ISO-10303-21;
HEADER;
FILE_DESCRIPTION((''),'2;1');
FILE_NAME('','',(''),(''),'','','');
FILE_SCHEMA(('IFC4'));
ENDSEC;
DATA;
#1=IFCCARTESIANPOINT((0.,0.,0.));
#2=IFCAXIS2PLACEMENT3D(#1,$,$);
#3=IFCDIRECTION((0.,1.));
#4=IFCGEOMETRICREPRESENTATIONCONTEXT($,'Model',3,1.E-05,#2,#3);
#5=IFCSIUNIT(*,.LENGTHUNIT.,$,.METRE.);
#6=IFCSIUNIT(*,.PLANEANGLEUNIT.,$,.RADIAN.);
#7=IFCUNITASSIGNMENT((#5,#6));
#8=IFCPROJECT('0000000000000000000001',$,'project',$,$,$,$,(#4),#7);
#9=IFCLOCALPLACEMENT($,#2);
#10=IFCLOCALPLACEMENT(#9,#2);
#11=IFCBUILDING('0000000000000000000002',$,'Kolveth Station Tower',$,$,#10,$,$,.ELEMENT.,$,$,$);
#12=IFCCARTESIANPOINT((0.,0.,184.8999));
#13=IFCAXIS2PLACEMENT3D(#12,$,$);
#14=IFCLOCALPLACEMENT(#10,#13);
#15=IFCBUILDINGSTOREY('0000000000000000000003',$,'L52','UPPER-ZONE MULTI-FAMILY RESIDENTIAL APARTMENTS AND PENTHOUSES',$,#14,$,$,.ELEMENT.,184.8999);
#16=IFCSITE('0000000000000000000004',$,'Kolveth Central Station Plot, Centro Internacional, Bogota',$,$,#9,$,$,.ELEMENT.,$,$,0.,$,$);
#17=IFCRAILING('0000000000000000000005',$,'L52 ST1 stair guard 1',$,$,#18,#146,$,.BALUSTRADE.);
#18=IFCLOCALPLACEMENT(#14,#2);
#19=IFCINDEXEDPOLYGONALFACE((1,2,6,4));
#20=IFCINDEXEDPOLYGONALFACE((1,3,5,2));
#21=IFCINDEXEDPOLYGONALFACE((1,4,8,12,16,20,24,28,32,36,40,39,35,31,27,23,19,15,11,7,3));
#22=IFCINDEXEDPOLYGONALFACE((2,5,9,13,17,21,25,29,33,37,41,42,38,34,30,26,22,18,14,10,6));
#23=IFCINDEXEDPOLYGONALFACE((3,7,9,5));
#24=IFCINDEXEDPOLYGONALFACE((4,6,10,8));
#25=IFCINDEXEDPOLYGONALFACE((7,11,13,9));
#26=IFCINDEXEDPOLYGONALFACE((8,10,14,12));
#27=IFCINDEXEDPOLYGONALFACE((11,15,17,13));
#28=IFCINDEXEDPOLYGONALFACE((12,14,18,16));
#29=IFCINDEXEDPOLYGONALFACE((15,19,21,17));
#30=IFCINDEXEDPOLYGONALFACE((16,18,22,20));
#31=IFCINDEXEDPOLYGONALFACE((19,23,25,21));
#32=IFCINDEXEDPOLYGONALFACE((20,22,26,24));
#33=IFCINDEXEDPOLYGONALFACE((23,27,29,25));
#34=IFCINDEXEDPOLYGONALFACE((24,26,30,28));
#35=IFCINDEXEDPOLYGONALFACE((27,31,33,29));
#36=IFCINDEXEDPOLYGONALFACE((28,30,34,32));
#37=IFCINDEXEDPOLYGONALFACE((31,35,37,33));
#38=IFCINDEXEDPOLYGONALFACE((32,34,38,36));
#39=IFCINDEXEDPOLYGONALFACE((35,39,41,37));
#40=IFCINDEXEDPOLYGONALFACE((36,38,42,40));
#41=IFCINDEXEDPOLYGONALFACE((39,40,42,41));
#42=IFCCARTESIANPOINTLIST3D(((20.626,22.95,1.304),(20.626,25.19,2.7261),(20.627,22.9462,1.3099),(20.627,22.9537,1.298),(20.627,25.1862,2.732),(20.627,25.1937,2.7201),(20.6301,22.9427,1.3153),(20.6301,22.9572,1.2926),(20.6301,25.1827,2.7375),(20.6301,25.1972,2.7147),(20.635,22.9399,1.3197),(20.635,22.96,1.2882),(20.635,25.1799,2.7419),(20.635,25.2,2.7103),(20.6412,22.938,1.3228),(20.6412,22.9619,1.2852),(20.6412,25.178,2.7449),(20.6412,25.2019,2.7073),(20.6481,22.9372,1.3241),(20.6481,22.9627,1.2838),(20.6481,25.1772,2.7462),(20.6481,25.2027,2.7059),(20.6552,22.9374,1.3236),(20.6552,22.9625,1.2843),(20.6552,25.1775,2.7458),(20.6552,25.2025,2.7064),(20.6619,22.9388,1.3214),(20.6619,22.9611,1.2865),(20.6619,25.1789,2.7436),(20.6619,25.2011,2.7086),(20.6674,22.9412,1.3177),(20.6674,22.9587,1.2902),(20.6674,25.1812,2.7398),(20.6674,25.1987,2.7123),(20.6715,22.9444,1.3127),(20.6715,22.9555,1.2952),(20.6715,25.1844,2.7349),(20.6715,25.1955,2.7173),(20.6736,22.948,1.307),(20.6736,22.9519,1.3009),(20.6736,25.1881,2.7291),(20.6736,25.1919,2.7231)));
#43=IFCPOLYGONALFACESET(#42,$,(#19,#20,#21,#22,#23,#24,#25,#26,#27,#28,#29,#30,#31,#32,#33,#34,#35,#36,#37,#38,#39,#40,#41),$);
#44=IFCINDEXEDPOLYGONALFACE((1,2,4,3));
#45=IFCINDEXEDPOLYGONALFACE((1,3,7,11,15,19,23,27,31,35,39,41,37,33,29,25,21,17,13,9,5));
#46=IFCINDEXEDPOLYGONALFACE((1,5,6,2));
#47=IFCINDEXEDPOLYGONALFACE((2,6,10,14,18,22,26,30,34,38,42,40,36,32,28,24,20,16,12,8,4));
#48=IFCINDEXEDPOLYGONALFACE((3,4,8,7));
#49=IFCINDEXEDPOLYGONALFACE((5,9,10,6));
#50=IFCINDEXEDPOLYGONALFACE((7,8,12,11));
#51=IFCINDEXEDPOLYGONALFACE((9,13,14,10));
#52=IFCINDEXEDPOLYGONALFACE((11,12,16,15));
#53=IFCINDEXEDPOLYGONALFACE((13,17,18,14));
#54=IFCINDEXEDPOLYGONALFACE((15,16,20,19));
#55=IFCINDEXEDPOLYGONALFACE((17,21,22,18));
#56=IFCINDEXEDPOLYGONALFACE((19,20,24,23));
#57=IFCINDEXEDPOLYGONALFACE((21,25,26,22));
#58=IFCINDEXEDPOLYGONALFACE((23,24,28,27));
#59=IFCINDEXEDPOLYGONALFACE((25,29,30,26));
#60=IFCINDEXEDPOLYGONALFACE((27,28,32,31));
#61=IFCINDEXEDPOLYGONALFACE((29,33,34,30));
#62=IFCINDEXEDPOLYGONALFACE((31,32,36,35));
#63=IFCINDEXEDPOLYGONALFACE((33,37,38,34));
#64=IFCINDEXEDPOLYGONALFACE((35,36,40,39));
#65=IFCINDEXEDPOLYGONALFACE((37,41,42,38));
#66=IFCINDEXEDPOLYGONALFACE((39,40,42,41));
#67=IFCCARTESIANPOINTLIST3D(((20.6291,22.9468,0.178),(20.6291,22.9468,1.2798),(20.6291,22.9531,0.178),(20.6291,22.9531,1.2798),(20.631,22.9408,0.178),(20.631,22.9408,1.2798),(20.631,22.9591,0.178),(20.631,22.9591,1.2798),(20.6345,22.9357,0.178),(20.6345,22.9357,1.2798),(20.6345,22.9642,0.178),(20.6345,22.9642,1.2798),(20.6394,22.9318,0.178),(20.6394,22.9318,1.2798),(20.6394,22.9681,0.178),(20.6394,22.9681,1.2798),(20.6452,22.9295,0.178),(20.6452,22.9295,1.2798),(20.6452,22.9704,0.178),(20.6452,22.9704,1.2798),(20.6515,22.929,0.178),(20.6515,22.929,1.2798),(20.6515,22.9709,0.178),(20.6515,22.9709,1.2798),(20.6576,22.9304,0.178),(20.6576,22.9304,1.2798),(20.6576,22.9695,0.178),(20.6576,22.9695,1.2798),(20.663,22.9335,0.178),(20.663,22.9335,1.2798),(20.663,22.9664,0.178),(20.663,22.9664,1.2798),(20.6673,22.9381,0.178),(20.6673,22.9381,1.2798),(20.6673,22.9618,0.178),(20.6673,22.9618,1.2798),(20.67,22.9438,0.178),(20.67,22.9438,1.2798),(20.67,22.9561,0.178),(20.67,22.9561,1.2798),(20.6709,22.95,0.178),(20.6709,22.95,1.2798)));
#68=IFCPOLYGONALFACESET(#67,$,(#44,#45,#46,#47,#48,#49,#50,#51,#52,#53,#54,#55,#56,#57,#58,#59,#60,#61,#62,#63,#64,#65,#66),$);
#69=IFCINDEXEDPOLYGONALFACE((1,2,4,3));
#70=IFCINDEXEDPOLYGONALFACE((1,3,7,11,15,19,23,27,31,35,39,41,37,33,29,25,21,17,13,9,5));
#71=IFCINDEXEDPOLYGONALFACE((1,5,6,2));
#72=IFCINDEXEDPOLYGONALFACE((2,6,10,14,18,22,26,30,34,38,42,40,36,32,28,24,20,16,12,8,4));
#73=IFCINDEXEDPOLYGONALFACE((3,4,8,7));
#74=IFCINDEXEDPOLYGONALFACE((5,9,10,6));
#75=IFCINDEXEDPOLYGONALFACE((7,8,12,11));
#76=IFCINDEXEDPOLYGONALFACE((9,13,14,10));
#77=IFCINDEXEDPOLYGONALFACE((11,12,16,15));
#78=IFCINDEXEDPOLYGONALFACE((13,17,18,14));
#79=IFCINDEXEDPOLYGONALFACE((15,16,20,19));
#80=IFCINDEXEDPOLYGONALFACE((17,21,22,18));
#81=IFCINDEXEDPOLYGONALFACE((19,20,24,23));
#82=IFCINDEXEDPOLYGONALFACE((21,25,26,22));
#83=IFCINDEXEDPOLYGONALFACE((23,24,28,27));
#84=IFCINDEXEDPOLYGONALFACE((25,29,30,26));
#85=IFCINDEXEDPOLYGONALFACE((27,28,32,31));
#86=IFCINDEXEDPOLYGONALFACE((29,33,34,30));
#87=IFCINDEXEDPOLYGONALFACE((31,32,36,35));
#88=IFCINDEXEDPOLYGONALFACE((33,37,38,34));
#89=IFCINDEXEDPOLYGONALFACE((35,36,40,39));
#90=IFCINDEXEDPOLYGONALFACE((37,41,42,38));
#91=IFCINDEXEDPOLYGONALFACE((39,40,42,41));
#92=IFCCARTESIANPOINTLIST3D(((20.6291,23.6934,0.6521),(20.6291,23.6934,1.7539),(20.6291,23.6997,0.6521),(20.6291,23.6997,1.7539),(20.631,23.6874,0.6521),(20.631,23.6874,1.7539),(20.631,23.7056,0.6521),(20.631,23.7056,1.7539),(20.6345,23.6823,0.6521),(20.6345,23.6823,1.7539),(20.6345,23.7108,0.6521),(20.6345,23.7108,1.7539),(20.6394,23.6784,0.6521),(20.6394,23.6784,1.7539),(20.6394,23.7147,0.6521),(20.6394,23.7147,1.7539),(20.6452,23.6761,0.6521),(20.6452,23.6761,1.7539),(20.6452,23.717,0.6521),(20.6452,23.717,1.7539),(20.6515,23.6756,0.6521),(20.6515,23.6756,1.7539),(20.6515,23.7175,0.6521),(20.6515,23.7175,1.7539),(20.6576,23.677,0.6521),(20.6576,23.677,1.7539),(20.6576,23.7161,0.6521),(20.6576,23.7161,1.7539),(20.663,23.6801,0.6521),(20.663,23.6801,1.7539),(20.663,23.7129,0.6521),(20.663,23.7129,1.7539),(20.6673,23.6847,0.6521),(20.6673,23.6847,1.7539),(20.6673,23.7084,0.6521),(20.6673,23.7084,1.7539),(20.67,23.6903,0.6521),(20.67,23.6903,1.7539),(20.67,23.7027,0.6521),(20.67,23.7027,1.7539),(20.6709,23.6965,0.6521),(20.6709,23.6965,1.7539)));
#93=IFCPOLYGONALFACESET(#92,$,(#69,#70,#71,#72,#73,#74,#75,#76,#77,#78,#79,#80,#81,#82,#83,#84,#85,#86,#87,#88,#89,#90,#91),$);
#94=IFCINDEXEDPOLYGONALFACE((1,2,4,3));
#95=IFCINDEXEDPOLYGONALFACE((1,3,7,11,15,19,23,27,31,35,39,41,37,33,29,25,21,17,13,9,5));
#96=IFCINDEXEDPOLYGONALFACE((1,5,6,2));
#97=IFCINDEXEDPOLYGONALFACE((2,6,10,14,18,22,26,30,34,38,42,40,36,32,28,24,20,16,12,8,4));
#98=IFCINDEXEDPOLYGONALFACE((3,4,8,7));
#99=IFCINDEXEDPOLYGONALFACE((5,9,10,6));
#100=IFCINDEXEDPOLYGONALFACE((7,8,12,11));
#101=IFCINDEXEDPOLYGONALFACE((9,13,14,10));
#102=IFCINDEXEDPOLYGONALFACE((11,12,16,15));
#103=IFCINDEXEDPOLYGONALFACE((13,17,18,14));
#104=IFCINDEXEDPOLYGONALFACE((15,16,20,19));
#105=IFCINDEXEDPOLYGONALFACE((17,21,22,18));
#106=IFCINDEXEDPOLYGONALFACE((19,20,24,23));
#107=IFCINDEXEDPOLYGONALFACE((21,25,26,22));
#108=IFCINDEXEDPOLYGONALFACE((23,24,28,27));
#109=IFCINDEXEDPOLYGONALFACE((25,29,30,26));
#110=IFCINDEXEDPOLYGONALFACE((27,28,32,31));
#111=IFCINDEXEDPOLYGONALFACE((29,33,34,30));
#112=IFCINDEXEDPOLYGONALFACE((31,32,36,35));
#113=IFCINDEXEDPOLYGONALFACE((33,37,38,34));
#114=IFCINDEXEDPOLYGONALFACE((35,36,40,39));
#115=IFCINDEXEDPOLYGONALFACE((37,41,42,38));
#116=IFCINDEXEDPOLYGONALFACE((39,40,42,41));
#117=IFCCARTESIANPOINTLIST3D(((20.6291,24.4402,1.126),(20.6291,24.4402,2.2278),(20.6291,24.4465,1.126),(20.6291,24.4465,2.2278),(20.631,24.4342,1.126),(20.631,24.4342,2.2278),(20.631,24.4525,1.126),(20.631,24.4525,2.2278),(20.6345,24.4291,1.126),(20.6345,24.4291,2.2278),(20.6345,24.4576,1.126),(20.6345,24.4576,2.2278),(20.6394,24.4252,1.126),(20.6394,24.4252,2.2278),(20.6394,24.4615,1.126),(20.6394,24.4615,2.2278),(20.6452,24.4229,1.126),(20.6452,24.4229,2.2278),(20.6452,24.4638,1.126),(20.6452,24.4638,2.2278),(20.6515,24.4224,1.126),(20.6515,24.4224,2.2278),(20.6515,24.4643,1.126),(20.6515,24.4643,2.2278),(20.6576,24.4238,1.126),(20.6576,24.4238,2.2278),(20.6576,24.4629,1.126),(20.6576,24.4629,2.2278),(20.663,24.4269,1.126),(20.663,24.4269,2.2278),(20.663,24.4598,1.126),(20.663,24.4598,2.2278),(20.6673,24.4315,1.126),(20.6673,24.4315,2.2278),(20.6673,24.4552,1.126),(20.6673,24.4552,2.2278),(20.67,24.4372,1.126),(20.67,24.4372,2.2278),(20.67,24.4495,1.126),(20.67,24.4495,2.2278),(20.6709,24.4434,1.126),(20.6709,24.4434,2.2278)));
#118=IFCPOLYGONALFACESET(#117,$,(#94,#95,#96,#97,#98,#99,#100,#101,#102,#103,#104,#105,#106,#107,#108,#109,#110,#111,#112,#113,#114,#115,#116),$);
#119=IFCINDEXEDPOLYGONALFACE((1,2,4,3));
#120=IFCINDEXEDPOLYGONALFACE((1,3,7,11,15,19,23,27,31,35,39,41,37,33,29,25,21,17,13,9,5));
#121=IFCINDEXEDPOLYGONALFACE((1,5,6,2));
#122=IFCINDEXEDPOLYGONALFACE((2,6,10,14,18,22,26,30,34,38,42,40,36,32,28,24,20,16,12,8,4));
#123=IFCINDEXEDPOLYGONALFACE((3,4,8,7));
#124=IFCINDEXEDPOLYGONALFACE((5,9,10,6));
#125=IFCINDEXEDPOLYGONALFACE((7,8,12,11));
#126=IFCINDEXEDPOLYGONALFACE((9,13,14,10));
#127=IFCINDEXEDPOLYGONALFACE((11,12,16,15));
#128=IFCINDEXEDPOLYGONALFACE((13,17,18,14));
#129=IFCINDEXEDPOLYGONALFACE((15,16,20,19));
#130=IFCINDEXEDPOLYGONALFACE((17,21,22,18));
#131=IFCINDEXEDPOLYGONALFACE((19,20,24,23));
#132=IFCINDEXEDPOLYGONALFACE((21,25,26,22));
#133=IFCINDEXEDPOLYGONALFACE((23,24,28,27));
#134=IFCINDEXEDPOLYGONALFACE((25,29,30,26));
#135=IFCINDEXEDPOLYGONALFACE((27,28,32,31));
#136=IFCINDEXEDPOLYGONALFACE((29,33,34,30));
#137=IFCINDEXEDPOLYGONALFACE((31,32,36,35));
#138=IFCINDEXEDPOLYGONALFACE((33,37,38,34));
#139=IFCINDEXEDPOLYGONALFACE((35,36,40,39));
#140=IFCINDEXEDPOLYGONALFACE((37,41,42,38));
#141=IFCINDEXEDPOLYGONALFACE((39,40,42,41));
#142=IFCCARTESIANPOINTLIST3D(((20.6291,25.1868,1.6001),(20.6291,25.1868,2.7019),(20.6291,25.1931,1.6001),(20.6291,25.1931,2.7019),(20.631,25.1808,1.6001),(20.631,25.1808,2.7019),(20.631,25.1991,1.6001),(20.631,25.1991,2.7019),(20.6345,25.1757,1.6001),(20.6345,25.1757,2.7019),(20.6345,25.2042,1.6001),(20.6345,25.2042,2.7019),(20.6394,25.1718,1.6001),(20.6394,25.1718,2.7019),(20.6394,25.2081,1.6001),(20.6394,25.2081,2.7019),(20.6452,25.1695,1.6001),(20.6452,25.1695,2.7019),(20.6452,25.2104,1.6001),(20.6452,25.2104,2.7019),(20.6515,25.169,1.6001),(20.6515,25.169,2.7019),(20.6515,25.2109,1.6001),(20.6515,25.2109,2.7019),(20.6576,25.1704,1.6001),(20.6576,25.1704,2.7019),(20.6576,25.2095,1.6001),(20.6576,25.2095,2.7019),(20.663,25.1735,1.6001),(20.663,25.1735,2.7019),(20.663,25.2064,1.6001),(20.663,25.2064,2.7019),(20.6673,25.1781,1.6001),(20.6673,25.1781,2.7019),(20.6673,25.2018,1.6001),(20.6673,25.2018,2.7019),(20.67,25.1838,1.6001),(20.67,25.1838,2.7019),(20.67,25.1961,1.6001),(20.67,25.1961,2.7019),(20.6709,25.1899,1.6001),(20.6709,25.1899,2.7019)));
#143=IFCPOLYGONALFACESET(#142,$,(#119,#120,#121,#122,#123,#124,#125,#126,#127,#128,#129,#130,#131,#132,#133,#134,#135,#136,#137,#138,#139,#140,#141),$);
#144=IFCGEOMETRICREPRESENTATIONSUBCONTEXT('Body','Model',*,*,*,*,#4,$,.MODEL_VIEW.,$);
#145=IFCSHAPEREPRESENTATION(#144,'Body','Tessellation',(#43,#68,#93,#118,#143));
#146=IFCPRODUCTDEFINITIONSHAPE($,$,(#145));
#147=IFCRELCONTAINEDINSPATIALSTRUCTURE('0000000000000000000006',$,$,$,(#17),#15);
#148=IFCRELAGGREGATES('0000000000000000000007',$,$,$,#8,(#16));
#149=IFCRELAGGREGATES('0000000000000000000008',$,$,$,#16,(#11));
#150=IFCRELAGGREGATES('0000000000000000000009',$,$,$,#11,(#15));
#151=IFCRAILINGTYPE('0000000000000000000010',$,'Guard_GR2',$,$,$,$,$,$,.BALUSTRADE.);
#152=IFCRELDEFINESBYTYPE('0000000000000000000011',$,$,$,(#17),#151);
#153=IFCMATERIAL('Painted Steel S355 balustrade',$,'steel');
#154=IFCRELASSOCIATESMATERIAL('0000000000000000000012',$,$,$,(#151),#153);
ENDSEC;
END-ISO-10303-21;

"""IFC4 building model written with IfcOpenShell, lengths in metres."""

from ifc_helpers import new_model, si_unit, direction, frame, origin, origin_2d, place, context, subcontext, project, spatial, circle, extrude, material, type_object, element, save


model = new_model("IFC4")

# Units and contexts
model_context = context("Model", 3, precision=1e-05, world=origin(), true_north=direction((0.0, 1.0)))
body_context = subcontext(model_context, "Body", "Model", "MODEL_VIEW")
ifc_project = project(units=[si_unit("LENGTHUNIT", "METRE"), si_unit("PLANEANGLEUNIT", "RADIAN")], contexts=[model_context])

# Site, building, storey
site_placement = place(None, origin())
site = spatial("IfcSite", under=ifc_project, at=site_placement, Name="Kolveth Central Station Plot, Centro Internacional, Bogota", CompositionType="ELEMENT", RefElevation=0.0)
building_placement = place(site_placement, origin())
building = spatial("IfcBuilding", under=site, at=building_placement, Name="Kolveth Station Tower", CompositionType="ELEMENT")
storey_placement = place(building_placement, frame((0.0, 0.0, 184.8999)))
storey = spatial("IfcBuildingStorey", under=building, at=storey_placement, Name="L52", Description="UPPER-ZONE MULTI-FAMILY RESIDENTIAL APARTMENTS AND PENTHOUSES", CompositionType="ELEMENT", Elevation=184.8999)

# Railing
ifc_material_1 = material(Name="Painted Steel S355 balustrade", Category="steel")
railing_type_1 = type_object("IfcRailingType", Name="Guard_GR2", PredefinedType="BALUSTRADE", material=ifc_material_1)
railing_1_placement = place(storey_placement, frame((20.6499, 22.95, 0.178)))
element("IfcRailing", 1, at=railing_1_placement, inside=storey, type_object=railing_type_1, Name="L52 ST1 stair guard 1", PredefinedType="BALUSTRADE", context=body_context, shape_type="SweptSolid", body=[
    extrude(circle(Radius=0.0239, at=origin_2d()), frame((0.0, 0.0, 1.126), z_axis=(0.0, 0.844229, 0.535982), x_axis=(-1.0, 0.0, 0.0)), (0.0, 0.0, 1.0), 2.6533),
    extrude(circle(Radius=0.021, at=origin_2d()), origin(), (0.0, 0.0, 1.0), 1.1018),
    extrude(circle(Radius=0.021, at=origin_2d()), frame((0.0, 0.7466, 0.4741)), (0.0, 0.0, 1.0), 1.1018),
    extrude(circle(Radius=0.021, at=origin_2d()), frame((0.0, 1.4934, 0.948)), (0.0, 0.0, 1.0), 1.1018),
    extrude(circle(Radius=0.021, at=origin_2d()), frame((0.0, 2.24, 1.4221)), (0.0, 0.0, 1.0), 1.1018),
])

save(model, "model.ifc")
